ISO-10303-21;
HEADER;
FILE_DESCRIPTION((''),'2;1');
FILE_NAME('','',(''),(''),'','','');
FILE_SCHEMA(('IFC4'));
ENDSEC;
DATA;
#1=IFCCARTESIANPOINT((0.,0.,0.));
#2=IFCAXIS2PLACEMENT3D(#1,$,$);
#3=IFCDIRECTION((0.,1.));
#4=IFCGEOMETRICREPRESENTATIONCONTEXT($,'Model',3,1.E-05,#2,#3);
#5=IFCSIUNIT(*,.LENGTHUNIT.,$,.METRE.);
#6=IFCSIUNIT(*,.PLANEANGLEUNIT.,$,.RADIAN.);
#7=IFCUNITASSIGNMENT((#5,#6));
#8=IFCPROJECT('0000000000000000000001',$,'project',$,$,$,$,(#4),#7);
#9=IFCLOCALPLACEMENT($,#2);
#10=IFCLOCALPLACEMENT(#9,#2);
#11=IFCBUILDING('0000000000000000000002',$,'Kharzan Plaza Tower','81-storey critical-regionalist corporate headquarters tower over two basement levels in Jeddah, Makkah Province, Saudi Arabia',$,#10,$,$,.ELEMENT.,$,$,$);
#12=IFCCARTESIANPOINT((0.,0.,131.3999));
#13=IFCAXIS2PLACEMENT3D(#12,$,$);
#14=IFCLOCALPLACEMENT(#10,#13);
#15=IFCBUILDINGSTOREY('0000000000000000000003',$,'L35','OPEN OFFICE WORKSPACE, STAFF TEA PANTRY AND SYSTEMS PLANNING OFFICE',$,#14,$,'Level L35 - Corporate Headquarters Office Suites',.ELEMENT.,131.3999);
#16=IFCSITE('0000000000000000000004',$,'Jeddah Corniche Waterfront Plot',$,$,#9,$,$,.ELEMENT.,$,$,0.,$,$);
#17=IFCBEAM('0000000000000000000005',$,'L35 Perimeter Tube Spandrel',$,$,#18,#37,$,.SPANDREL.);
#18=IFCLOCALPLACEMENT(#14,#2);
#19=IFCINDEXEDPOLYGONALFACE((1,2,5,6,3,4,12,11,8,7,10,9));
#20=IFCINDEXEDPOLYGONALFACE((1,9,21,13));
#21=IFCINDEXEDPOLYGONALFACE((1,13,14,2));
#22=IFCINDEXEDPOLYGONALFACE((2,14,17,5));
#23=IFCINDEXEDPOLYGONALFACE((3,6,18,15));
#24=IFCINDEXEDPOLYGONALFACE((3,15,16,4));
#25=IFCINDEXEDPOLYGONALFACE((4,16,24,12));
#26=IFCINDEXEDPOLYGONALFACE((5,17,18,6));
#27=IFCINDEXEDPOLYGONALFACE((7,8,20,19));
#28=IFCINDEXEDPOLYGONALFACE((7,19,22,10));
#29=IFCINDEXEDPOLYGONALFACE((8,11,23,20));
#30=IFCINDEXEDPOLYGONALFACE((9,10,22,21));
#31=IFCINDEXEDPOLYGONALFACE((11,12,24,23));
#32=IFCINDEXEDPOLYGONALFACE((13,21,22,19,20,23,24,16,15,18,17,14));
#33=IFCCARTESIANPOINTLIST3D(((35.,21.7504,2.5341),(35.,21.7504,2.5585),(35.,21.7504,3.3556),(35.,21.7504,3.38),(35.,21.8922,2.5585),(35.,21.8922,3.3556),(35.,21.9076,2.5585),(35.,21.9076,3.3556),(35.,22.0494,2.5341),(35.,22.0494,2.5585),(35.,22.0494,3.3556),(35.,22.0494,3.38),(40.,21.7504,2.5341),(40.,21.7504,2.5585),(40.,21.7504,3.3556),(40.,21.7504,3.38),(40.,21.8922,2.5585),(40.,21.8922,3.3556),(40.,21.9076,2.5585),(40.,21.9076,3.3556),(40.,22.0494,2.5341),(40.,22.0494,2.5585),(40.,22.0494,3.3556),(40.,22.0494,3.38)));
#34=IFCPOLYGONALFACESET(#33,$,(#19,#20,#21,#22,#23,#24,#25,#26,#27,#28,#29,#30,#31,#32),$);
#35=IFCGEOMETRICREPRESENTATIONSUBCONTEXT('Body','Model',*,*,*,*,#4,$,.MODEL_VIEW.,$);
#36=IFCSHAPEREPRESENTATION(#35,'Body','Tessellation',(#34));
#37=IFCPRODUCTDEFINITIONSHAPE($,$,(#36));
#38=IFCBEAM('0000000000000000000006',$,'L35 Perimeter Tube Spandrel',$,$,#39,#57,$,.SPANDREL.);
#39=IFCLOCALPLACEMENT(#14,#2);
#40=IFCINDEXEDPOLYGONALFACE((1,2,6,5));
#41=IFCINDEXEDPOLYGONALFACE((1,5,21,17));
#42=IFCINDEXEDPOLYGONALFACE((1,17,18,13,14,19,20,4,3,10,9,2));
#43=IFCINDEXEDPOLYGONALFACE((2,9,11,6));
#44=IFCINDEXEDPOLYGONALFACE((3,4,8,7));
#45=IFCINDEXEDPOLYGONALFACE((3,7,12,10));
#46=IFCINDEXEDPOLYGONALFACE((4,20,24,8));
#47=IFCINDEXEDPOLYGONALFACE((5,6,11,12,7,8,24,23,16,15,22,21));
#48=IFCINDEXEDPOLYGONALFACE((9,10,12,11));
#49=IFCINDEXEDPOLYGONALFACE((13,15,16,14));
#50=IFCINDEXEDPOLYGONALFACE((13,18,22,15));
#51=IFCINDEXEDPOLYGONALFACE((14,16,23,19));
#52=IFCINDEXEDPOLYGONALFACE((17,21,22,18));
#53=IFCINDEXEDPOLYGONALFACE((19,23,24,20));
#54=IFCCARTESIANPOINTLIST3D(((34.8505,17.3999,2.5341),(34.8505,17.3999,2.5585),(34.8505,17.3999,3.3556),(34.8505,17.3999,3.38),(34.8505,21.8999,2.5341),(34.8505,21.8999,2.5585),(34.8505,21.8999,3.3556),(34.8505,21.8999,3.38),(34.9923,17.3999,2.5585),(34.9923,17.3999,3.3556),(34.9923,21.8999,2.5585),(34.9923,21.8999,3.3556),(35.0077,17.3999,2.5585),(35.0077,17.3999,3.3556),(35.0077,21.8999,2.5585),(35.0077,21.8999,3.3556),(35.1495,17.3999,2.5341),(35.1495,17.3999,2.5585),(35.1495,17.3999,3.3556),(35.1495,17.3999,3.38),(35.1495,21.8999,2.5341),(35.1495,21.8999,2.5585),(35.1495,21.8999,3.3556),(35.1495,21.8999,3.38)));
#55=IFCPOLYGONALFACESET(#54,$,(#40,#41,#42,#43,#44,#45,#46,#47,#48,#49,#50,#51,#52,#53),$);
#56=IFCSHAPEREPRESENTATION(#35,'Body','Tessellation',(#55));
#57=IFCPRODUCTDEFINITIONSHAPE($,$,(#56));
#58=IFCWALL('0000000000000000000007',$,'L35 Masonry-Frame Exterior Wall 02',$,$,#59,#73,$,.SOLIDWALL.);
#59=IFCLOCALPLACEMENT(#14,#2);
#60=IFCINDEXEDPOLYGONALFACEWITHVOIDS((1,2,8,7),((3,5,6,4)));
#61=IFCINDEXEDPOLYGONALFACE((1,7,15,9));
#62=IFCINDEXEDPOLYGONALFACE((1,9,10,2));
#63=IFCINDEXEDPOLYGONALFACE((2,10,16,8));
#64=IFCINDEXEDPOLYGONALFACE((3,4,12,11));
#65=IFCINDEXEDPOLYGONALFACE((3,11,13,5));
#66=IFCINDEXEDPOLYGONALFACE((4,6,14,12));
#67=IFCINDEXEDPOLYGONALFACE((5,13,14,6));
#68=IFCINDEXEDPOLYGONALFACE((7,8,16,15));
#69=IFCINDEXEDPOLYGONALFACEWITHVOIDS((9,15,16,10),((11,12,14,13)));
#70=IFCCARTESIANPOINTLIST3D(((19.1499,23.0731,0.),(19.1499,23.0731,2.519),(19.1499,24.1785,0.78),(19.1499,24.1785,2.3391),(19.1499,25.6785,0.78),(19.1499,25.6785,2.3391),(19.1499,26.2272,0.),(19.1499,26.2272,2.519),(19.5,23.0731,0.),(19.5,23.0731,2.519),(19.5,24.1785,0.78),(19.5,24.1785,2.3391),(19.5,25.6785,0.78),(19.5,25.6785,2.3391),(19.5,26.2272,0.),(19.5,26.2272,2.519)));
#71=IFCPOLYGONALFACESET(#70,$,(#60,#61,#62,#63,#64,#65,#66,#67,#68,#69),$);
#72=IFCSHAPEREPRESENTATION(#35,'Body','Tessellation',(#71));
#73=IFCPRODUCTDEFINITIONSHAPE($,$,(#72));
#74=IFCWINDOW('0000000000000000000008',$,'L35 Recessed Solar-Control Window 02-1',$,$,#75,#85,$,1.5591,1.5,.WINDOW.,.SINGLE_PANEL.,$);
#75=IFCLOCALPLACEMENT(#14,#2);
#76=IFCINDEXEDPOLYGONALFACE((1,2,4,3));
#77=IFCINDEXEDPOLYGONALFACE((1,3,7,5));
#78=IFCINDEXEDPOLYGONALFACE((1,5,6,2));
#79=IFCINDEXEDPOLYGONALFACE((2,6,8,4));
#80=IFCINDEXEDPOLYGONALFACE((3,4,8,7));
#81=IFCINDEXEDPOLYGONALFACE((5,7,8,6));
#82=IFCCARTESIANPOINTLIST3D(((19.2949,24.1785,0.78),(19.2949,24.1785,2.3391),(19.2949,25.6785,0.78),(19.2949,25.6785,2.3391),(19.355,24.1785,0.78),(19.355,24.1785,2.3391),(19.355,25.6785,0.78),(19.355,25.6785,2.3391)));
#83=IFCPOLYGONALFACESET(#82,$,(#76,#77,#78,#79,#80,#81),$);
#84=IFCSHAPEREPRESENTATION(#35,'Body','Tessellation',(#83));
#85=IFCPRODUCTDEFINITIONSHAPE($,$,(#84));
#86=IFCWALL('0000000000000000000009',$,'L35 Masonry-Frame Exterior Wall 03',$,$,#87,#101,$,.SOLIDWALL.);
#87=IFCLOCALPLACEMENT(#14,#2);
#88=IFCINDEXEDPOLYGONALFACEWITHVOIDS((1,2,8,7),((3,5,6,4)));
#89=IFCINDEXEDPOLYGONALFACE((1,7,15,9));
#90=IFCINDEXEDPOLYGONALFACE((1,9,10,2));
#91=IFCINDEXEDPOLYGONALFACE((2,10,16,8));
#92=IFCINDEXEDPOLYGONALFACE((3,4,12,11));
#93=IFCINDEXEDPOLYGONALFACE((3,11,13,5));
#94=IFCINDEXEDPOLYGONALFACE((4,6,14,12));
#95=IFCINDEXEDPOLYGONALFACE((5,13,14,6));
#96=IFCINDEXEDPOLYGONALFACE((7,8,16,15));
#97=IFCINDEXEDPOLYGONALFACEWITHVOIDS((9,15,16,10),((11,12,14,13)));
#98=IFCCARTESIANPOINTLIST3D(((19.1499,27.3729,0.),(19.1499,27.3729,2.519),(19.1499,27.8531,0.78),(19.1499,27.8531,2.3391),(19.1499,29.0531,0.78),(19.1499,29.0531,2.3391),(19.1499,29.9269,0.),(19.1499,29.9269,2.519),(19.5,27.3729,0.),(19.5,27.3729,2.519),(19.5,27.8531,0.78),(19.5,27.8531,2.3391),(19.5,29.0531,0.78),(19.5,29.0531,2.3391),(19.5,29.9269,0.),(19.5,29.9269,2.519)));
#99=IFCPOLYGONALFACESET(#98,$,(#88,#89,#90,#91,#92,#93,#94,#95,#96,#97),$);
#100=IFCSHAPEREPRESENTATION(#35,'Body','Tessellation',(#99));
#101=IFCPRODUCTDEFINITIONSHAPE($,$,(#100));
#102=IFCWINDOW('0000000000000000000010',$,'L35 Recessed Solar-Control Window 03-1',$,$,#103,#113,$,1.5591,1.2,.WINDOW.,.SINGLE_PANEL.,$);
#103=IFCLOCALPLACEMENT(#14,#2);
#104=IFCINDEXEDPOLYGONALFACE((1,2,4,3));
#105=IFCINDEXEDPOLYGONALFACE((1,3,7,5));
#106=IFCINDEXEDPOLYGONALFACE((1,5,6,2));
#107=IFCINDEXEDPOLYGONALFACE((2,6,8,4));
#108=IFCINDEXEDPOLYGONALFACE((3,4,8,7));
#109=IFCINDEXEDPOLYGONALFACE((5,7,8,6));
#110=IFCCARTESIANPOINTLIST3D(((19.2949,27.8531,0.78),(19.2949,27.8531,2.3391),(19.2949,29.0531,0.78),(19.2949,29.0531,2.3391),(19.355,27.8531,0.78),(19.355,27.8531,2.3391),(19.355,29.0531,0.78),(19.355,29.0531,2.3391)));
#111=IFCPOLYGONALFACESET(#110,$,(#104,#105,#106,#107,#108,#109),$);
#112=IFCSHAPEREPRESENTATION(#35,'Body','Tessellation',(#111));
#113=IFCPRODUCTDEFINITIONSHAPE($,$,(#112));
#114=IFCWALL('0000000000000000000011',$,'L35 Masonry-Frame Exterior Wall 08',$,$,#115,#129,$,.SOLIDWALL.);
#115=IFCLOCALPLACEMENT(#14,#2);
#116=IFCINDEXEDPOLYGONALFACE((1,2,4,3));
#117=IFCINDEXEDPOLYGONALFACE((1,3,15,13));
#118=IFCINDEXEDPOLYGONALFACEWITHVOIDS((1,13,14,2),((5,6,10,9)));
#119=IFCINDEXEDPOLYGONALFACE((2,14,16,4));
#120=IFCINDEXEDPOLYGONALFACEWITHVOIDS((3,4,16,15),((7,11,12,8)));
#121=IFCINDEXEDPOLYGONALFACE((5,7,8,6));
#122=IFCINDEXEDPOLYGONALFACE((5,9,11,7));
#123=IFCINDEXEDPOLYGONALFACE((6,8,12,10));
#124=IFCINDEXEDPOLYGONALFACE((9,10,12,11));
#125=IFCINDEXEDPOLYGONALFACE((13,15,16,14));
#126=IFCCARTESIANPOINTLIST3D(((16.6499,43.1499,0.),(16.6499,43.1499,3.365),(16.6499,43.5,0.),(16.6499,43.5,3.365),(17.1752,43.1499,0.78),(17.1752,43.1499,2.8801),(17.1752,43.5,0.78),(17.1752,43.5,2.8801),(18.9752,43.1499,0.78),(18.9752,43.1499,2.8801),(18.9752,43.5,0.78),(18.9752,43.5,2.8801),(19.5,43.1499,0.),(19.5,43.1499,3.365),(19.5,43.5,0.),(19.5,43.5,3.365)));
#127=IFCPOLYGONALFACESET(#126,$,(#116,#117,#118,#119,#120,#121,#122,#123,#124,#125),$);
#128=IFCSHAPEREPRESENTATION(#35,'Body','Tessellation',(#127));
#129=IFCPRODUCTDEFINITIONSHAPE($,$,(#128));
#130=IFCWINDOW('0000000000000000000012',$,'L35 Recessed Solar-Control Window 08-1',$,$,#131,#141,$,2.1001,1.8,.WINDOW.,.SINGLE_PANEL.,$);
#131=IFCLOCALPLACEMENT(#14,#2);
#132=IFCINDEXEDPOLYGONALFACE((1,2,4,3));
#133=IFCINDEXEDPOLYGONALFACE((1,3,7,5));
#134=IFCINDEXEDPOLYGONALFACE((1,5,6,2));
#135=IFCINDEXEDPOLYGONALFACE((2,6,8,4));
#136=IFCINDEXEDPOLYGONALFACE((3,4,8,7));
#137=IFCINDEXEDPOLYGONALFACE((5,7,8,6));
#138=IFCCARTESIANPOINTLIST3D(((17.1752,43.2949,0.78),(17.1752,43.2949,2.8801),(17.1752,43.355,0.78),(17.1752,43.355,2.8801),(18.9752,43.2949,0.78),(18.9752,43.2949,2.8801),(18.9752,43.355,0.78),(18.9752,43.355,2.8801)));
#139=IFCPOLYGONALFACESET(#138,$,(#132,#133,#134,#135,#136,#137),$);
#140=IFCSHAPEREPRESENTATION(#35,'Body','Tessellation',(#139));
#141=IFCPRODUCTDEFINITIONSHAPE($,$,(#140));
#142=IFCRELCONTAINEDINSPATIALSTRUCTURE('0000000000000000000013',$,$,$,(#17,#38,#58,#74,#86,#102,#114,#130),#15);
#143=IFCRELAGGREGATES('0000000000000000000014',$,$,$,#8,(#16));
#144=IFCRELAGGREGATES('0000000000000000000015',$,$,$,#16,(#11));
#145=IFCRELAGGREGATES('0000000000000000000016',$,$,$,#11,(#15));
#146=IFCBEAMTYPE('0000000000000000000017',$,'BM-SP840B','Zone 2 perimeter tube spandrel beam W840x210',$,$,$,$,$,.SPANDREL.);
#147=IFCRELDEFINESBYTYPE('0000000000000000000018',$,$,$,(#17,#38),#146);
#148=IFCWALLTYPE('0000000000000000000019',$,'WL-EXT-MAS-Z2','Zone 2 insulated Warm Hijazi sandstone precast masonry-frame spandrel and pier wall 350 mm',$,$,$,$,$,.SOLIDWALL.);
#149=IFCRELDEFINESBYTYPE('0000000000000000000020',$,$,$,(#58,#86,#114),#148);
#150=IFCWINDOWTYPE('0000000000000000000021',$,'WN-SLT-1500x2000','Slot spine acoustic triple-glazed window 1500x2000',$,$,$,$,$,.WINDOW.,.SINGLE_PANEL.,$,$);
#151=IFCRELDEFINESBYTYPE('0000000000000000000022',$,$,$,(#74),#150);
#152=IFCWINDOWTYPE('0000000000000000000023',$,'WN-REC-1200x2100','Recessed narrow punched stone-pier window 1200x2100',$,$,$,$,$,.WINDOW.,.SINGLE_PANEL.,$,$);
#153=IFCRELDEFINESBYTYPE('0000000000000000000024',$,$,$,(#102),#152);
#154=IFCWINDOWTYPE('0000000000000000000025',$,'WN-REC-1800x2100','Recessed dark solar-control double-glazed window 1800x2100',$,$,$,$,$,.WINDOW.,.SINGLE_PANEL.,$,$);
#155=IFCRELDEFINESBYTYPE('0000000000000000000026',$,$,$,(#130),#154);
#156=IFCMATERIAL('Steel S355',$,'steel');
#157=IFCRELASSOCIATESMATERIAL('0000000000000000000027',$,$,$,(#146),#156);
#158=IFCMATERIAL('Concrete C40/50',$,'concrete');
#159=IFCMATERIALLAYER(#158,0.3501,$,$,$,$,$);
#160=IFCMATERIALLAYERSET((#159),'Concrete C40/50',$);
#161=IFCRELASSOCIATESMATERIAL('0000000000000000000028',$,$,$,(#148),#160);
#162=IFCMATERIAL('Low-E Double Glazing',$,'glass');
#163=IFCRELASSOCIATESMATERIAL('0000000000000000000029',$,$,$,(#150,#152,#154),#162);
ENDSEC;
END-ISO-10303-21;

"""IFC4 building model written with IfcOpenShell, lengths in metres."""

from ifc_helpers import new_model, si_unit, direction, frame, frame_2d, origin, origin_2d, place, context, subcontext, project, spatial, rectangle, i_section, extrude, source, transform, mapped, material, layer, layer_set, material_profile, profile_set, type_object, element, fill, save


model = new_model("IFC4")

# Units and contexts
model_context = context("Model", 3, precision=1e-05, world=origin(), true_north=direction((0.0, 1.0)))
body_context = subcontext(model_context, "Body", "Model", "MODEL_VIEW")
ifc_project = project(units=[si_unit("LENGTHUNIT", "METRE"), si_unit("PLANEANGLEUNIT", "RADIAN")], contexts=[model_context])

# Site, building, storey
site_placement = place(None, origin())
site = spatial("IfcSite", under=ifc_project, at=site_placement, Name="Jeddah Corniche Waterfront Plot", CompositionType="ELEMENT", RefElevation=0.0)
building_placement = place(site_placement, origin())
building = spatial("IfcBuilding", under=site, at=building_placement, Name="Kharzan Plaza Tower", Description="81-storey critical-regionalist corporate headquarters tower over two basement levels in Jeddah, Makkah Province, Saudi Arabia", CompositionType="ELEMENT")
storey_placement = place(building_placement, frame((0.0, 0.0, 131.3999)))
storey = spatial("IfcBuildingStorey", under=building, at=storey_placement, Name="L35", Description="OPEN OFFICE WORKSPACE, STAFF TEA PANTRY AND SYSTEMS PLANNING OFFICE", LongName="Level L35 - Corporate Headquarters Office Suites", CompositionType="ELEMENT", Elevation=131.3999)

# Beams
ifc_material_1 = material(Name="Steel S355", Category="steel")
ifc_material_profile_1 = material_profile(ifc_material_1, i_section(OverallWidth=0.2991, OverallDepth=0.8459, WebThickness=0.0154, FlangeThickness=0.0244, at=origin_2d()), Name="W840x210")
ifc_profile_set_1 = profile_set([ifc_material_profile_1], Name="Steel S355")
beam_type_1 = type_object("IfcBeamType", Name="BM-SP840B", Description="Zone 2 perimeter tube spandrel beam W840x210", PredefinedType="SPANDREL", material=ifc_profile_set_1)
shared_shape_1 = source(origin(), body_context, "Body", "SweptSolid", [
    extrude(i_section(OverallWidth=0.2991, OverallDepth=0.8459, WebThickness=0.0154, FlangeThickness=0.0244, at=origin_2d()), origin(), (0.0, 0.0, 1.0), 5.0),
])
beam_1_placement = place(storey_placement, frame((35.0, 21.8999, 2.957), z_axis=(1.0, 0.0, 0.0), x_axis=(0.0, 1.0, 0.0)))
element("IfcBeam", 1, at=beam_1_placement, inside=storey, type_object=beam_type_1, Name="L35 Perimeter Tube Spandrel", PredefinedType="SPANDREL", context=body_context, shape_type="MappedRepresentation", body=[
    mapped(shared_shape_1, transform((0.0, 0.0, 0.0), x_axis=(1.0, 0.0, 0.0), y_axis=(0.0, 1.0, 0.0), z_axis=(0.0, 0.0, 1.0))),
])
shared_shape_2 = source(origin(), body_context, "Body", "SweptSolid", [
    extrude(i_section(OverallWidth=0.2991, OverallDepth=0.8459, WebThickness=0.0154, FlangeThickness=0.0244, at=origin_2d()), origin(), (0.0, 0.0, 1.0), 4.5),
])
beam_2_placement = place(storey_placement, frame((35.0, 17.3999, 2.957), z_axis=(0.0, 1.0, 0.0), x_axis=(-1.0, 0.0, 0.0)))
element("IfcBeam", 2, at=beam_2_placement, inside=storey, type_object=beam_type_1, Name="L35 Perimeter Tube Spandrel", PredefinedType="SPANDREL", context=body_context, shape_type="MappedRepresentation", body=[
    mapped(shared_shape_2, transform((0.0, 0.0, 0.0), x_axis=(1.0, 0.0, 0.0), y_axis=(0.0, 1.0, 0.0), z_axis=(0.0, 0.0, 1.0))),
])

# Walls, openings, windows
ifc_material_2 = material(Name="Concrete C40/50", Category="concrete")
ifc_layer_1 = layer(ifc_material_2, 0.3501)
ifc_layer_set_1 = layer_set([ifc_layer_1], Name="Concrete C40/50")
wall_type_1 = type_object("IfcWallType", Name="WL-EXT-MAS-Z2", Description="Zone 2 insulated Warm Hijazi sandstone precast masonry-frame spandrel and pier wall 350 mm", PredefinedType="SOLIDWALL", material=ifc_layer_set_1)
wall_1_placement = place(storey_placement, frame((19.325, 23.073, 0.0), z_axis=(0.0, 0.0, 1.0), x_axis=(0.0, 1.0, 0.0)))
wall_1 = element("IfcWall", 3, at=wall_1_placement, inside=storey, type_object=wall_type_1, Name="L35 Masonry-Frame Exterior Wall 02", PredefinedType="SOLIDWALL", context=body_context, shape_type="SweptSolid", body=[
    extrude(rectangle(XDim=3.1541, YDim=0.3501, at=frame_2d((1.5771, 0.0))), origin(), (0.0, 0.0, 1.0), 2.519),
])
opening_1_placement = place(wall_1_placement, frame((1.1055, 0.0, 0.78)))
opening_1 = element("IfcOpeningElement", 4, at=opening_1_placement, cuts=wall_1, PredefinedType="OPENING", context=body_context, shape_type="SweptSolid", body=[
    extrude(rectangle(XDim=1.5, YDim=1.5591, at=frame_2d((0.75, 0.7795))), frame((0.0, 0.1851, 0.0), z_axis=(0.0, -1.0, 0.0), x_axis=(1.0, 0.0, 0.0)), (0.0, 0.0, 1.0), 0.3701),
])
ifc_material_3 = material(Name="Low-E Double Glazing", Category="glass")
window_type_1 = type_object("IfcWindowType", Name="WN-SLT-1500x2000", Description="Slot spine acoustic triple-glazed window 1500x2000", PartitioningType="SINGLE_PANEL", PredefinedType="WINDOW", material=ifc_material_3)
shared_shape_3 = source(origin(), body_context, "Body", "SweptSolid", [
    extrude(rectangle(XDim=1.5, YDim=1.5591, at=frame_2d((0.75, 0.7795))), frame((0.0, 0.03, 0.0), z_axis=(0.0, -1.0, 0.0), x_axis=(1.0, 0.0, 0.0)), (0.0, 0.0, 1.0), 0.0601),
])
window_1_placement = place(opening_1_placement, origin())
window_1 = element("IfcWindow", 5, at=window_1_placement, inside=storey, type_object=window_type_1, Name="L35 Recessed Solar-Control Window 02-1", OverallHeight=1.5591, OverallWidth=1.5, PartitioningType="SINGLE_PANEL", PredefinedType="WINDOW", context=body_context, shape_type="MappedRepresentation", body=[
    mapped(shared_shape_3, transform((0.0, 0.0, 0.0), x_axis=(1.0, 0.0, 0.0), y_axis=(0.0, 1.0, 0.0), z_axis=(0.0, 0.0, 1.0))),
])
fill(opening_1, window_1)
wall_2_placement = place(storey_placement, frame((19.325, 27.373, 0.0), z_axis=(0.0, 0.0, 1.0), x_axis=(0.0, 1.0, 0.0)))
wall_2 = element("IfcWall", 6, at=wall_2_placement, inside=storey, type_object=wall_type_1, Name="L35 Masonry-Frame Exterior Wall 03", PredefinedType="SOLIDWALL", context=body_context, shape_type="SweptSolid", body=[
    extrude(rectangle(XDim=2.554, YDim=0.3501, at=frame_2d((1.2769, 0.0))), origin(), (0.0, 0.0, 1.0), 2.519),
])
opening_2_placement = place(wall_2_placement, frame((0.48, 0.0, 0.78)))
opening_2 = element("IfcOpeningElement", 7, at=opening_2_placement, cuts=wall_2, PredefinedType="OPENING", context=body_context, shape_type="SweptSolid", body=[
    extrude(rectangle(XDim=1.2, YDim=1.5591, at=frame_2d((0.6001, 0.7795))), frame((0.0, 0.1851, 0.0), z_axis=(0.0, -1.0, 0.0), x_axis=(1.0, 0.0, 0.0)), (0.0, 0.0, 1.0), 0.3701),
])
window_type_2 = type_object("IfcWindowType", Name="WN-REC-1200x2100", Description="Recessed narrow punched stone-pier window 1200x2100", PartitioningType="SINGLE_PANEL", PredefinedType="WINDOW", material=ifc_material_3)
shared_shape_4 = source(origin(), body_context, "Body", "SweptSolid", [
    extrude(rectangle(XDim=1.2, YDim=1.5591, at=frame_2d((0.6001, 0.7795))), frame((0.0, 0.03, 0.0), z_axis=(0.0, -1.0, 0.0), x_axis=(1.0, 0.0, 0.0)), (0.0, 0.0, 1.0), 0.0601),
])
window_2_placement = place(opening_2_placement, origin())
window_2 = element("IfcWindow", 8, at=window_2_placement, inside=storey, type_object=window_type_2, Name="L35 Recessed Solar-Control Window 03-1", OverallHeight=1.5591, OverallWidth=1.2, PartitioningType="SINGLE_PANEL", PredefinedType="WINDOW", context=body_context, shape_type="MappedRepresentation", body=[
    mapped(shared_shape_4, transform((0.0, 0.0, 0.0), x_axis=(1.0, 0.0, 0.0), y_axis=(0.0, 1.0, 0.0), z_axis=(0.0, 0.0, 1.0))),
])
fill(opening_2, window_2)
wall_3_placement = place(storey_placement, frame((19.5, 43.325, 0.0), z_axis=(0.0, 0.0, 1.0), x_axis=(-1.0, 0.0, 0.0)))
wall_3 = element("IfcWall", 9, at=wall_3_placement, inside=storey, type_object=wall_type_1, Name="L35 Masonry-Frame Exterior Wall 08", PredefinedType="SOLIDWALL", context=body_context, shape_type="SweptSolid", body=[
    extrude(rectangle(XDim=2.8501, YDim=0.3501, at=frame_2d((1.425, 0.0))), origin(), (0.0, 0.0, 1.0), 3.365),
])
opening_3_placement = place(wall_3_placement, frame((0.5249, 0.0, 0.78)))
opening_3 = element("IfcOpeningElement", 10, at=opening_3_placement, cuts=wall_3, PredefinedType="OPENING", context=body_context, shape_type="SweptSolid", body=[
    extrude(rectangle(XDim=1.8, YDim=2.1001, at=frame_2d((0.8999, 1.05))), frame((0.0, 0.1851, 0.0), z_axis=(0.0, -1.0, 0.0), x_axis=(1.0, 0.0, 0.0)), (0.0, 0.0, 1.0), 0.3701),
])
window_type_3 = type_object("IfcWindowType", Name="WN-REC-1800x2100", Description="Recessed dark solar-control double-glazed window 1800x2100", PartitioningType="SINGLE_PANEL", PredefinedType="WINDOW", material=ifc_material_3)
shared_shape_5 = source(origin(), body_context, "Body", "SweptSolid", [
    extrude(rectangle(XDim=1.8, YDim=2.1001, at=frame_2d((0.8999, 1.05))), frame((0.0, 0.03, 0.0), z_axis=(0.0, -1.0, 0.0), x_axis=(1.0, 0.0, 0.0)), (0.0, 0.0, 1.0), 0.0601),
])
window_3_placement = place(opening_3_placement, origin())
window_3 = element("IfcWindow", 11, at=window_3_placement, inside=storey, type_object=window_type_3, Name="L35 Recessed Solar-Control Window 08-1", OverallHeight=2.1001, OverallWidth=1.8, PartitioningType="SINGLE_PANEL", PredefinedType="WINDOW", context=body_context, shape_type="MappedRepresentation", body=[
    mapped(shared_shape_5, transform((0.0, 0.0, 0.0), x_axis=(1.0, 0.0, 0.0), y_axis=(0.0, 1.0, 0.0), z_axis=(0.0, 0.0, 1.0))),
])
fill(opening_3, window_3)

save(model, "model.ifc")
